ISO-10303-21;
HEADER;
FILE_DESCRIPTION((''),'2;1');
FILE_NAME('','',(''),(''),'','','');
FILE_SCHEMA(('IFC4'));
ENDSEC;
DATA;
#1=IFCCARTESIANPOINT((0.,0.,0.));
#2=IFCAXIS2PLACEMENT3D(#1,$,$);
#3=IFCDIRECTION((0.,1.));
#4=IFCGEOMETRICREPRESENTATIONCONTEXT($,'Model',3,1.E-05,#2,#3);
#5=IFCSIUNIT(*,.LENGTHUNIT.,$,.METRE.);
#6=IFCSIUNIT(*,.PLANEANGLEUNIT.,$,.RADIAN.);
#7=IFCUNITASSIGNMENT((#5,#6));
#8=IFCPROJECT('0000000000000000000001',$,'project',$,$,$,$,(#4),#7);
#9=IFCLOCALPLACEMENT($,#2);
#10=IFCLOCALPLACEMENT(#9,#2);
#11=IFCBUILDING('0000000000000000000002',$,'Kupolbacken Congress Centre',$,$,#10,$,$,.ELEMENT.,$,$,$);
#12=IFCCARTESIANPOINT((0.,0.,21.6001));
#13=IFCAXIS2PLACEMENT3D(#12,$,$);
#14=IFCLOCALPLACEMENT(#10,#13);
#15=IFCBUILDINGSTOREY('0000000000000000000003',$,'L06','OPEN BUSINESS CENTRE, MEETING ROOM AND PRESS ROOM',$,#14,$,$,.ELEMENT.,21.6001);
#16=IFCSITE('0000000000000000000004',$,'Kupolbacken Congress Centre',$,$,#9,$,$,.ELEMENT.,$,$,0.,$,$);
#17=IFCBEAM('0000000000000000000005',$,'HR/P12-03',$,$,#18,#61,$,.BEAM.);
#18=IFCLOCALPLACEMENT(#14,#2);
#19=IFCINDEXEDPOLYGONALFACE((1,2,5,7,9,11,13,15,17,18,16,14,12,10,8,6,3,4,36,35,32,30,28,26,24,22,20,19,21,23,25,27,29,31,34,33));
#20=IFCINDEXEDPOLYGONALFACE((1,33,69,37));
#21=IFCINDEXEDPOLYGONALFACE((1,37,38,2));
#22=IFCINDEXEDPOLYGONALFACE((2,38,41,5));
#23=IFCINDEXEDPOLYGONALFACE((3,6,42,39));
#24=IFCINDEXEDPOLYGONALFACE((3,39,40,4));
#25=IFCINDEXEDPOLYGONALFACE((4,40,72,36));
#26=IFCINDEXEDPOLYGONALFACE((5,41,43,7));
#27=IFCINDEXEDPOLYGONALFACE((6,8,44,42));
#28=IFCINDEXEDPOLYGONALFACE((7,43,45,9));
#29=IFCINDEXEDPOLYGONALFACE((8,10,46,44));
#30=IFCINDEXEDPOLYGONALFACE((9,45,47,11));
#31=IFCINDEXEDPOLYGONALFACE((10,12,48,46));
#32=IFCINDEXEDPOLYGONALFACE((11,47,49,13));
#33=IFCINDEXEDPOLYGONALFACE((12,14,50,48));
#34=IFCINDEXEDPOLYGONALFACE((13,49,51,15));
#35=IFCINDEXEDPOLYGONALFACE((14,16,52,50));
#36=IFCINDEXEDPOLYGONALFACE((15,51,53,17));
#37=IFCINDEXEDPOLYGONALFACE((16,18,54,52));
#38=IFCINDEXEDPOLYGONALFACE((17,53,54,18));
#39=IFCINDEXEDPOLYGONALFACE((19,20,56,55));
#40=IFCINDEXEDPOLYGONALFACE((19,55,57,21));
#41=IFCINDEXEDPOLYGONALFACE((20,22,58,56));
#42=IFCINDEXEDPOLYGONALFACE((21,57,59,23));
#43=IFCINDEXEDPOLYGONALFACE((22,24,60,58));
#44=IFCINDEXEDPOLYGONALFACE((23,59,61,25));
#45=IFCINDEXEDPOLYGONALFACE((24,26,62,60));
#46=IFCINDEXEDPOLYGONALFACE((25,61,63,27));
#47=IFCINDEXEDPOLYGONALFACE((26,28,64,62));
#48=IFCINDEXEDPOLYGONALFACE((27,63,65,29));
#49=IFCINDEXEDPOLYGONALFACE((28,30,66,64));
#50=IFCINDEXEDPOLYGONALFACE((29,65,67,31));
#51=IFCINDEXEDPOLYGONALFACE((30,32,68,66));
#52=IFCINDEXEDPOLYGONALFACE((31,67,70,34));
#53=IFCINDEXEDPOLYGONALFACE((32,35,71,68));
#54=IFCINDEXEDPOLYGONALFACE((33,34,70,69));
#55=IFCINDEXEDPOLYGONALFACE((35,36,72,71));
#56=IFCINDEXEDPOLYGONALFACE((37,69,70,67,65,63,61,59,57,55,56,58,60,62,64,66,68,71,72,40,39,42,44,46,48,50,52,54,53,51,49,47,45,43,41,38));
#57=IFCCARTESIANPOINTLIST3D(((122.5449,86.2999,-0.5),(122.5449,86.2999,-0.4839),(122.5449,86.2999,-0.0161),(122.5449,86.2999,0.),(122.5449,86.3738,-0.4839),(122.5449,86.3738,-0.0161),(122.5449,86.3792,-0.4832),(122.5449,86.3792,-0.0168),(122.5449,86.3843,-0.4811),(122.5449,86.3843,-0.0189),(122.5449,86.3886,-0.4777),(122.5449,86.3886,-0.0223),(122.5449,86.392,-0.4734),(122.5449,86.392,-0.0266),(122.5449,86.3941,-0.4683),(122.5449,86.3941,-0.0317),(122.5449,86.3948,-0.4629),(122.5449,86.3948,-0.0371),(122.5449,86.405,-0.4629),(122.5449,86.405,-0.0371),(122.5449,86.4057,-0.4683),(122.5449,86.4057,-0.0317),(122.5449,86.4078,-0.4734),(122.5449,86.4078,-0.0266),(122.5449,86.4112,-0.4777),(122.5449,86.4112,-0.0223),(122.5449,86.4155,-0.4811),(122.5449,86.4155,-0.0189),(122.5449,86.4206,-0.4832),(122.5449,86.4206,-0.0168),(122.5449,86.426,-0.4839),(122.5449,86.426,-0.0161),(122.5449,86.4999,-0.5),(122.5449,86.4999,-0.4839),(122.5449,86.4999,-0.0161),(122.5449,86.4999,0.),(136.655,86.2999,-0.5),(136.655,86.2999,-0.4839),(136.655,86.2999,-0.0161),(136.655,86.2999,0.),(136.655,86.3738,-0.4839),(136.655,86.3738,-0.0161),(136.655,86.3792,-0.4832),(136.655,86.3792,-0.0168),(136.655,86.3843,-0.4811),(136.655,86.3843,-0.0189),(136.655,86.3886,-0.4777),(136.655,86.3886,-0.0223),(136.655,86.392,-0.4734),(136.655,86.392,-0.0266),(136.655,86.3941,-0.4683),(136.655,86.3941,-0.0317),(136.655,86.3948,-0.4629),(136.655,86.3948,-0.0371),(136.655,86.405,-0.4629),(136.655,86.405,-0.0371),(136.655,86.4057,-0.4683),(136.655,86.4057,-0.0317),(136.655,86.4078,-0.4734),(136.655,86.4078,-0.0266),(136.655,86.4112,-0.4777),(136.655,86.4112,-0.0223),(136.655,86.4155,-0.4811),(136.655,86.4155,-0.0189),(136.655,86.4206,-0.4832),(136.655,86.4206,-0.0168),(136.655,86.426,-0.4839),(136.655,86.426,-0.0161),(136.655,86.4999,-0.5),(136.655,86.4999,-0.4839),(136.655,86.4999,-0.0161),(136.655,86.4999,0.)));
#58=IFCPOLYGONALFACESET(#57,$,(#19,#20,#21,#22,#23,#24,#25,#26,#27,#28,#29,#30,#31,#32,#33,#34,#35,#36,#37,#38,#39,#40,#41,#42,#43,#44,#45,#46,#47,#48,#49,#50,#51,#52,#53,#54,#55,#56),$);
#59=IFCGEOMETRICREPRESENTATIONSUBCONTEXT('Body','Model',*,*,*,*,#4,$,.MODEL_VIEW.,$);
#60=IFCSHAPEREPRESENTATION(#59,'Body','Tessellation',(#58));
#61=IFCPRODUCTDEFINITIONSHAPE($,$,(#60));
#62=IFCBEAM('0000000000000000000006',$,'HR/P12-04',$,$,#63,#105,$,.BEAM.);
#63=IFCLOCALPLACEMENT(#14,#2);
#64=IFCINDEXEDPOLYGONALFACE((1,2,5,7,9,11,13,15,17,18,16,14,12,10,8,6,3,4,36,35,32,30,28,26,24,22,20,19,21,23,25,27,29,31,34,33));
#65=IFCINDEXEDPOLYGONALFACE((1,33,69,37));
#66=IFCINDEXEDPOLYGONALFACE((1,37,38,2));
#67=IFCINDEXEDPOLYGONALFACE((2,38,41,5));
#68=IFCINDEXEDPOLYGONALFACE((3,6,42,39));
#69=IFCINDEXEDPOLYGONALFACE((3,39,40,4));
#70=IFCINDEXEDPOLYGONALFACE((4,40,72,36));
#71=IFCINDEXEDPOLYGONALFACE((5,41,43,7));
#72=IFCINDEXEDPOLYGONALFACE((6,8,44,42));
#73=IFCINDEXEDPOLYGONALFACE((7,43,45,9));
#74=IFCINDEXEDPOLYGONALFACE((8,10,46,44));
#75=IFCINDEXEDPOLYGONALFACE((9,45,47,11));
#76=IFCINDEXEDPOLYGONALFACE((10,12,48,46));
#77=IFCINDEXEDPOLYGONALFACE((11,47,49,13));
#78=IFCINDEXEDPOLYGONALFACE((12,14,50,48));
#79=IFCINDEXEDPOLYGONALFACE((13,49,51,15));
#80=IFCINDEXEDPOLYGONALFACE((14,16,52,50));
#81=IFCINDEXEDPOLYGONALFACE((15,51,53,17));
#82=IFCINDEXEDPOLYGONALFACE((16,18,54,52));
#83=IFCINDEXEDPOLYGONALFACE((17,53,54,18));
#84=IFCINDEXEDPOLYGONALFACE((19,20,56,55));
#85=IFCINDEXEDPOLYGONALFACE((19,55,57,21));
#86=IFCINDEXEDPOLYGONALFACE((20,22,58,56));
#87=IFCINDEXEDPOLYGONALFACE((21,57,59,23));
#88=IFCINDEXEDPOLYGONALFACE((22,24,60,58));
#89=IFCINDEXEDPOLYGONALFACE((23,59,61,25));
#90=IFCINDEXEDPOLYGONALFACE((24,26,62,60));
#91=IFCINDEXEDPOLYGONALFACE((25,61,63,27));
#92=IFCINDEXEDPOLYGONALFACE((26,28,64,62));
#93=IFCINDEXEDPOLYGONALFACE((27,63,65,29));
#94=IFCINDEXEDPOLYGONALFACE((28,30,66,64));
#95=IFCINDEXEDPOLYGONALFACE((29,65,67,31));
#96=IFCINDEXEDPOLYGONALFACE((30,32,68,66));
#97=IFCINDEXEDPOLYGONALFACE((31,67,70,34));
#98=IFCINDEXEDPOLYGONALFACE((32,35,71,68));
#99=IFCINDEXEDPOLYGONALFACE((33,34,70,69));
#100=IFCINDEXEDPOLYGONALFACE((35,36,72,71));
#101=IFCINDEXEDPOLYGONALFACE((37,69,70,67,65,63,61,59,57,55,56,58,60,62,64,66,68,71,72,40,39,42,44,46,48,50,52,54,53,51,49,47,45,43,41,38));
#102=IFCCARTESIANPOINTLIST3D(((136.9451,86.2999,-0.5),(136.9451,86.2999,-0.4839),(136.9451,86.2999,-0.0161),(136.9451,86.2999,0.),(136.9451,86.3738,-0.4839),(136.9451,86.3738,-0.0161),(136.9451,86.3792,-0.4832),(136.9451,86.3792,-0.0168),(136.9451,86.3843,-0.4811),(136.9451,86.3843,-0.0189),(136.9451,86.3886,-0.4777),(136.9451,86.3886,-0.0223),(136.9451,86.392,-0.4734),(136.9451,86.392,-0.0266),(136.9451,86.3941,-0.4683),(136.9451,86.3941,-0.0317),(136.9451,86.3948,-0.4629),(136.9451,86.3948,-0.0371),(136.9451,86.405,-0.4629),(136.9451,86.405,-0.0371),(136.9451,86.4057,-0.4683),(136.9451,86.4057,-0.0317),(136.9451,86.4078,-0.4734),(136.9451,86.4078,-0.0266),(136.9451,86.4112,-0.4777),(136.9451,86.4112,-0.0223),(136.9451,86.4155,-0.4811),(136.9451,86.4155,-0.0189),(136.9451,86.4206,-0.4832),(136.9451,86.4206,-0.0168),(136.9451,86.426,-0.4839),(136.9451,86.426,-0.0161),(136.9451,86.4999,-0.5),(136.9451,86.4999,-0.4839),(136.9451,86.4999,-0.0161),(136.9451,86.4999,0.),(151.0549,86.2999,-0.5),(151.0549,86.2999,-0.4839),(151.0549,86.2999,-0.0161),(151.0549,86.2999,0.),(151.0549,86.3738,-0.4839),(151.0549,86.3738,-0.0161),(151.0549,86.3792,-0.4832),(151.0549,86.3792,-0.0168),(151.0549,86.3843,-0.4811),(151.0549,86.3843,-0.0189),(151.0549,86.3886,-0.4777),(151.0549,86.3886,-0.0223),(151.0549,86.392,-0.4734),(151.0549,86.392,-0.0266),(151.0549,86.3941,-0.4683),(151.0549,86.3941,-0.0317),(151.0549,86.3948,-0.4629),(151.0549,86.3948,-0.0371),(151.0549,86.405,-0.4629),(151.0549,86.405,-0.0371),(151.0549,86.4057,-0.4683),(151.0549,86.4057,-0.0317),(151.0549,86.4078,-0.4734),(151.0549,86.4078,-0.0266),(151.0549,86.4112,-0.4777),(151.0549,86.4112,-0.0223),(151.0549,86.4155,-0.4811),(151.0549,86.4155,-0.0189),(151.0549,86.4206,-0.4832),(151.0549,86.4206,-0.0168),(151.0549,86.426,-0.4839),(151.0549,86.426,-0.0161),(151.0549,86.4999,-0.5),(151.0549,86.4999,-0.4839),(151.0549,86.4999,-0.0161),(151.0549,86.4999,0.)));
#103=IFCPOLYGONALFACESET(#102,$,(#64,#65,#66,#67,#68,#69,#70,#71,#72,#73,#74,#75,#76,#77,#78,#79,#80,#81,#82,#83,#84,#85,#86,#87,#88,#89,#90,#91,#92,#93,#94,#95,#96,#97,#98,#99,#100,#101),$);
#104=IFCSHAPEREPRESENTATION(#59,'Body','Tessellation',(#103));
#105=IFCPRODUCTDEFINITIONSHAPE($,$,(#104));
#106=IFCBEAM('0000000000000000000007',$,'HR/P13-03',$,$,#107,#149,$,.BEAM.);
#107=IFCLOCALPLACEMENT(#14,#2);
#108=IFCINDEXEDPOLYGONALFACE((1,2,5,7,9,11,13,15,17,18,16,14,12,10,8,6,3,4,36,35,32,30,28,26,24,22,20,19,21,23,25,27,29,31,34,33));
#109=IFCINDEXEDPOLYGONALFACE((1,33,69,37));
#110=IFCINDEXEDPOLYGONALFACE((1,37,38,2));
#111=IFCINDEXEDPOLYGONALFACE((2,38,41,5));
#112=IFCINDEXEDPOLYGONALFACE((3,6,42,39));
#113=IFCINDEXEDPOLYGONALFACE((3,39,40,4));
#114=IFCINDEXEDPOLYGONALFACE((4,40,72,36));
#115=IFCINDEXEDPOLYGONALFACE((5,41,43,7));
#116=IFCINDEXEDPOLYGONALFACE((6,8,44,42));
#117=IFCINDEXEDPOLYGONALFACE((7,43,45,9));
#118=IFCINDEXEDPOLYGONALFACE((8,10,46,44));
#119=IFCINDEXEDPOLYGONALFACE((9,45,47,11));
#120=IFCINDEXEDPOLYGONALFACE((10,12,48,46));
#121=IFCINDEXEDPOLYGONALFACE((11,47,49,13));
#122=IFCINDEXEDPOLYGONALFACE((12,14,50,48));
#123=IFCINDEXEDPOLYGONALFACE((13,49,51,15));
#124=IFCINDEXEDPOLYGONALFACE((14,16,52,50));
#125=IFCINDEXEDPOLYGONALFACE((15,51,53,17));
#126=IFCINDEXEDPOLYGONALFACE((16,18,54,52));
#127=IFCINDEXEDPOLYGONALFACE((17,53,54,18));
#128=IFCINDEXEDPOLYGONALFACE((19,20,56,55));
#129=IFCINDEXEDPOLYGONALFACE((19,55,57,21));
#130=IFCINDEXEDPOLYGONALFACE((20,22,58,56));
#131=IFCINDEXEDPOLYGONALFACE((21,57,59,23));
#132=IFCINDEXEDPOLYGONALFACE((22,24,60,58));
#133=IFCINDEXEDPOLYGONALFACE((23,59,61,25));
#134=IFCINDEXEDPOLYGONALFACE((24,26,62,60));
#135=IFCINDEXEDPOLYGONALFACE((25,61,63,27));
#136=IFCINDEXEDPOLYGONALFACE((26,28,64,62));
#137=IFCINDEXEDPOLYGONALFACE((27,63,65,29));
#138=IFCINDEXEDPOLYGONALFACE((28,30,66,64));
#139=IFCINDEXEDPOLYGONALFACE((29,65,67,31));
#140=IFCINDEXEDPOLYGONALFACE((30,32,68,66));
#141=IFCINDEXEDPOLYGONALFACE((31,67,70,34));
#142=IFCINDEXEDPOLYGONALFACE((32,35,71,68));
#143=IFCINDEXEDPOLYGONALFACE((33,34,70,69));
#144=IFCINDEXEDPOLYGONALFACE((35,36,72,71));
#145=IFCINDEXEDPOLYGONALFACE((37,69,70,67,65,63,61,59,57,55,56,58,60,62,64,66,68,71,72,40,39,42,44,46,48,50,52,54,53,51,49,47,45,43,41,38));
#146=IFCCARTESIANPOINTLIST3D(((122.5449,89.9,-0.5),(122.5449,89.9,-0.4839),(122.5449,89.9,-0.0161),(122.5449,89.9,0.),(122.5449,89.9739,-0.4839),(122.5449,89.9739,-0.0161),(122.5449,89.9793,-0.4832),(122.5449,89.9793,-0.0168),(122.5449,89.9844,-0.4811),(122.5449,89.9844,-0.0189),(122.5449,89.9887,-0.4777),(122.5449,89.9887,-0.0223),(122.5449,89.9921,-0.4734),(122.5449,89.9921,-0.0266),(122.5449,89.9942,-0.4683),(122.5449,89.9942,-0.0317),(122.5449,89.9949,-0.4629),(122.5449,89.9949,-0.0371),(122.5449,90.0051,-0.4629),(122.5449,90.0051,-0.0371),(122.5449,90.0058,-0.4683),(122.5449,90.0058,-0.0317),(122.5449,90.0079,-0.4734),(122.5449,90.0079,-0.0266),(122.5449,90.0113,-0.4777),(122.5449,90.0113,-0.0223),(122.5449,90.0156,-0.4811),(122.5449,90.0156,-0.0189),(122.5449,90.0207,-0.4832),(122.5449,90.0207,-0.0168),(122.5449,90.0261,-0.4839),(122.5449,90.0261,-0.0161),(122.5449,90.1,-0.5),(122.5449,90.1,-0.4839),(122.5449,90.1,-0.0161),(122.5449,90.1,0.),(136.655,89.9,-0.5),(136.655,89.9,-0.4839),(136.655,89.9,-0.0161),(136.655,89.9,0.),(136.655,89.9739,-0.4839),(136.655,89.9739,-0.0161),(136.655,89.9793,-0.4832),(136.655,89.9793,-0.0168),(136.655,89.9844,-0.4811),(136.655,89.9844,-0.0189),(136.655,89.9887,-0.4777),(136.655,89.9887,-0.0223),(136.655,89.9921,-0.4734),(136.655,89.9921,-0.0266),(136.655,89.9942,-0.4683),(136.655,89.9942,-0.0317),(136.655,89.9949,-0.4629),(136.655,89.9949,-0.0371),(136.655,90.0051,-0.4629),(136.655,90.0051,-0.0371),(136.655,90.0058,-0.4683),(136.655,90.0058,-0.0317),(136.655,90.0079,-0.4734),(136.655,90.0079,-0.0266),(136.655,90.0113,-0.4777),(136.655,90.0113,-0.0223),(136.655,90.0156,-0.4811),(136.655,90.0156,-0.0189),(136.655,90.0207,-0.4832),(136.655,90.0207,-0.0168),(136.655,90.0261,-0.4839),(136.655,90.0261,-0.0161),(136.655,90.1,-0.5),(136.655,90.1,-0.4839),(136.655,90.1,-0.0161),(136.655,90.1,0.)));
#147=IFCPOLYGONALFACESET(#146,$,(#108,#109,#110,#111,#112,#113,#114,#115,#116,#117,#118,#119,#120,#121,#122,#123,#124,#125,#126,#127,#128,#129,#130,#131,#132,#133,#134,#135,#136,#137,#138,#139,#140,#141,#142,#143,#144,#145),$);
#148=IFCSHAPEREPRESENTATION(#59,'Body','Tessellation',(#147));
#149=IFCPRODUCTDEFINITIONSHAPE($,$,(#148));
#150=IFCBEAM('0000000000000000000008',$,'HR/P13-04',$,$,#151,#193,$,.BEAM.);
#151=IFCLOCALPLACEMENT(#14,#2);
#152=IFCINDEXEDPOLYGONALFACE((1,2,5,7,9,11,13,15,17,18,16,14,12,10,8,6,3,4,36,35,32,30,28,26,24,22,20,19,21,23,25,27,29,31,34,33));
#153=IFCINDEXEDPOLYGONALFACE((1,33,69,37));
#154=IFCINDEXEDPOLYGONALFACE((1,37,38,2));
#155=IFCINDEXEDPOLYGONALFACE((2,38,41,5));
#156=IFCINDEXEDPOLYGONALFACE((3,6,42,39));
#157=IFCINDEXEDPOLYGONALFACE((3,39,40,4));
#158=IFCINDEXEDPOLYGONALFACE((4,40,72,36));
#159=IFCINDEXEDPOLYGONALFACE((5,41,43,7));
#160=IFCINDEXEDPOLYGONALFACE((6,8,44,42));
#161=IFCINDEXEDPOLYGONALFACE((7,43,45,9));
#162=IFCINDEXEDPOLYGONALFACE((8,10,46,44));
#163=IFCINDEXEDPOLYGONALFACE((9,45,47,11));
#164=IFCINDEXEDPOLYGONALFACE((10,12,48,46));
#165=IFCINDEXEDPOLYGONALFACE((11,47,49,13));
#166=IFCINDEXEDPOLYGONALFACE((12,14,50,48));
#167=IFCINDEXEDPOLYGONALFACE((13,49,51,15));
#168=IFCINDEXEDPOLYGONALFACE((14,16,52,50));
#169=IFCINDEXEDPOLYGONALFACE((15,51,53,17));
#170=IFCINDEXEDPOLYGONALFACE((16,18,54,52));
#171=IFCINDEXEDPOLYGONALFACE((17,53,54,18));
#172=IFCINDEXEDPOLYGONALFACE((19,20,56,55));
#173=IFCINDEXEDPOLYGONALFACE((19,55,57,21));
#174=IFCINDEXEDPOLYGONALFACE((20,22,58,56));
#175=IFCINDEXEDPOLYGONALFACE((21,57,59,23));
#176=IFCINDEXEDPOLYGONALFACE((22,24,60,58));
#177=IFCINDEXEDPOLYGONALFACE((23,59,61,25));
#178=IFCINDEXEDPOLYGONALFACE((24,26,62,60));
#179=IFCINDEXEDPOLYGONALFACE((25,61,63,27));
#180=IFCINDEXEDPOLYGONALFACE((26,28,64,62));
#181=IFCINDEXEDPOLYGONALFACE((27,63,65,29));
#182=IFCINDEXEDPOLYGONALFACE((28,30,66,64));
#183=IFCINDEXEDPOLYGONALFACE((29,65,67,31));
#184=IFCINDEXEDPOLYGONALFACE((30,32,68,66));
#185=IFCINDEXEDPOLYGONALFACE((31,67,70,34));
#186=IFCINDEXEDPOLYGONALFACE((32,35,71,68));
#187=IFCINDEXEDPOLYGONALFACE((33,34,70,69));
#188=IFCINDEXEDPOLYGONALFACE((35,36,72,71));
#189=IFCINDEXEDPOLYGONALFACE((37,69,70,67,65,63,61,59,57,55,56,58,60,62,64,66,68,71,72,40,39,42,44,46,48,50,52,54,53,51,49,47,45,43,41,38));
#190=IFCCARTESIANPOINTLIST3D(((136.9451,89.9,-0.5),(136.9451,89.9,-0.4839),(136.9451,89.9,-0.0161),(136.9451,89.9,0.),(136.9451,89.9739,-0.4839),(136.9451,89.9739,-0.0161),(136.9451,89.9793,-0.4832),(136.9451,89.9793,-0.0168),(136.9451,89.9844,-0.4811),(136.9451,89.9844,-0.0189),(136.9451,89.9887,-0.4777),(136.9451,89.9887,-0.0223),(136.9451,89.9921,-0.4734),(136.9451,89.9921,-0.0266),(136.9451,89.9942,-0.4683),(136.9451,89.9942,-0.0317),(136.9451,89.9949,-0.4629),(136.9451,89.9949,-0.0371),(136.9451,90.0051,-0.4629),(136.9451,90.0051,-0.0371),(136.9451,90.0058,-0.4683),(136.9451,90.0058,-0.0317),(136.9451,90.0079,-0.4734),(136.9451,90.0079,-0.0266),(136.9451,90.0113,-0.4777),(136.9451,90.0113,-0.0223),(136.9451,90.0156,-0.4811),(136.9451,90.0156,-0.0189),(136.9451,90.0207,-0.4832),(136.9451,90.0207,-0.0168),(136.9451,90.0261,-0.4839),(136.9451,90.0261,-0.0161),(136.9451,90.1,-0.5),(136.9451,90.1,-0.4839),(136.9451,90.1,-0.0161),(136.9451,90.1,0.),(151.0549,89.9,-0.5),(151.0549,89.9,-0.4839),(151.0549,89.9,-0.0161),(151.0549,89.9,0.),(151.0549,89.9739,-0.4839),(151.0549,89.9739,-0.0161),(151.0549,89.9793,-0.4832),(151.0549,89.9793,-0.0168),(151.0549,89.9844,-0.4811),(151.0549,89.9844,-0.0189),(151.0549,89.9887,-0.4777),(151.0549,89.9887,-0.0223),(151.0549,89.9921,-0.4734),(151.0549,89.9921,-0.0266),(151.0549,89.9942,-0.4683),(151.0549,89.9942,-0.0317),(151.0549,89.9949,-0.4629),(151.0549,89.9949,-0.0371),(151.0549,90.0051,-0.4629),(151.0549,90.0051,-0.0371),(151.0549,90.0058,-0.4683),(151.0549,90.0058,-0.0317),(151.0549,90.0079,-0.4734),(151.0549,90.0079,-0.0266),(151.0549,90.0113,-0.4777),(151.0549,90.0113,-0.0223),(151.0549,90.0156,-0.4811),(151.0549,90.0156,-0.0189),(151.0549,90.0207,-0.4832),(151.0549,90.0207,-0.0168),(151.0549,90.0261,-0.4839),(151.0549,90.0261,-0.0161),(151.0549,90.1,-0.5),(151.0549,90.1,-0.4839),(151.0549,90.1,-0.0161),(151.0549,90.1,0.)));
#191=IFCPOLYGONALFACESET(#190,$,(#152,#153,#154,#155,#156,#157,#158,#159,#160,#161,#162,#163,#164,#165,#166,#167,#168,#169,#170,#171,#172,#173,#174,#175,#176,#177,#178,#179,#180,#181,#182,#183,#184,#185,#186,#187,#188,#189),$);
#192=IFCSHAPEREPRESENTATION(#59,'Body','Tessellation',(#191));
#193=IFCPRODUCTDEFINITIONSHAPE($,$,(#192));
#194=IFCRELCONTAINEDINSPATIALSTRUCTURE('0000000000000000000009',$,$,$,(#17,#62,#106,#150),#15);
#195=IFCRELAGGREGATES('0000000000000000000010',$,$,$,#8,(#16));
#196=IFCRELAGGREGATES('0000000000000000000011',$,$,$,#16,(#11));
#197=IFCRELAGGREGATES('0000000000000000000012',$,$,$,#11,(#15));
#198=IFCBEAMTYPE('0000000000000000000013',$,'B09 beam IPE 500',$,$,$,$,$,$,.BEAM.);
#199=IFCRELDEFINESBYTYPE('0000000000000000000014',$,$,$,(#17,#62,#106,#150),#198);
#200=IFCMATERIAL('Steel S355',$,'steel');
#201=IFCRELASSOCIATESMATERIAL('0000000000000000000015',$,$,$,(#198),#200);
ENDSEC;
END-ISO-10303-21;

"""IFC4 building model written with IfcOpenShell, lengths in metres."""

from ifc_helpers import new_model, si_unit, direction, frame, origin, origin_2d, place, context, subcontext, project, spatial, i_section, extrude, material, material_profile, profile_set, type_object, element, save


model = new_model("IFC4")

# Units and contexts
model_context = context("Model", 3, precision=1e-05, world=origin(), true_north=direction((0.0, 1.0)))
body_context = subcontext(model_context, "Body", "Model", "MODEL_VIEW")
ifc_project = project(units=[si_unit("LENGTHUNIT", "METRE"), si_unit("PLANEANGLEUNIT", "RADIAN")], contexts=[model_context])

# Site, building, storey
site_placement = place(None, origin())
site = spatial("IfcSite", under=ifc_project, at=site_placement, Name="Kupolbacken Congress Centre", CompositionType="ELEMENT", RefElevation=0.0)
building_placement = place(site_placement, origin())
building = spatial("IfcBuilding", under=site, at=building_placement, Name="Kupolbacken Congress Centre", CompositionType="ELEMENT")
storey_placement = place(building_placement, frame((0.0, 0.0, 21.6001)))
storey = spatial("IfcBuildingStorey", under=building, at=storey_placement, Name="L06", Description="OPEN BUSINESS CENTRE, MEETING ROOM AND PRESS ROOM", CompositionType="ELEMENT", Elevation=21.6001)

# Beams
ifc_material_1 = material(Name="Steel S355", Category="steel")
ifc_material_profile_1 = material_profile(ifc_material_1, i_section(OverallWidth=0.2, OverallDepth=0.5, WebThickness=0.0103, FlangeThickness=0.0161, FilletRadius=0.021, at=origin_2d()), Name="IPE 500")
ifc_profile_set_1 = profile_set([ifc_material_profile_1], Name="Steel S355")
beam_type_1 = type_object("IfcBeamType", Name="B09 beam IPE 500", PredefinedType="BEAM", material=ifc_profile_set_1)
beam_1_placement = place(storey_placement, frame((122.5449, 86.3999, -0.25), z_axis=(1.0, 0.0, 0.0), x_axis=(0.0, 1.0, 0.0)))
element("IfcBeam", 1, at=beam_1_placement, inside=storey, type_object=beam_type_1, Name="HR/P12-03", PredefinedType="BEAM", context=body_context, shape_type="SweptSolid", body=[
    extrude(i_section(OverallWidth=0.2, OverallDepth=0.5, WebThickness=0.0103, FlangeThickness=0.0161, FilletRadius=0.021, at=origin_2d()), origin(), (0.0, 0.0, 1.0), 14.1101),
])
beam_2_placement = place(storey_placement, frame((136.9451, 86.3999, -0.25), z_axis=(1.0, 0.0, 0.0), x_axis=(0.0, 1.0, 0.0)))
element("IfcBeam", 2, at=beam_2_placement, inside=storey, type_object=beam_type_1, Name="HR/P12-04", PredefinedType="BEAM", context=body_context, shape_type="SweptSolid", body=[
    extrude(i_section(OverallWidth=0.2, OverallDepth=0.5, WebThickness=0.0103, FlangeThickness=0.0161, FilletRadius=0.021, at=origin_2d()), origin(), (0.0, 0.0, 1.0), 14.1099),
])
beam_3_placement = place(storey_placement, frame((122.5449, 90.0, -0.25), z_axis=(1.0, 0.0, 0.0), x_axis=(0.0, 1.0, 0.0)))
element("IfcBeam", 3, at=beam_3_placement, inside=storey, type_object=beam_type_1, Name="HR/P13-03", PredefinedType="BEAM", context=body_context, shape_type="SweptSolid", body=[
    extrude(i_section(OverallWidth=0.2, OverallDepth=0.5, WebThickness=0.0103, FlangeThickness=0.0161, FilletRadius=0.021, at=origin_2d()), origin(), (0.0, 0.0, 1.0), 14.1101),
])
beam_4_placement = place(storey_placement, frame((136.9451, 90.0, -0.25), z_axis=(1.0, 0.0, 0.0), x_axis=(0.0, 1.0, 0.0)))
element("IfcBeam", 4, at=beam_4_placement, inside=storey, type_object=beam_type_1, Name="HR/P13-04", PredefinedType="BEAM", context=body_context, shape_type="SweptSolid", body=[
    extrude(i_section(OverallWidth=0.2, OverallDepth=0.5, WebThickness=0.0103, FlangeThickness=0.0161, FilletRadius=0.021, at=origin_2d()), origin(), (0.0, 0.0, 1.0), 14.1099),
])

save(model, "model.ifc")
